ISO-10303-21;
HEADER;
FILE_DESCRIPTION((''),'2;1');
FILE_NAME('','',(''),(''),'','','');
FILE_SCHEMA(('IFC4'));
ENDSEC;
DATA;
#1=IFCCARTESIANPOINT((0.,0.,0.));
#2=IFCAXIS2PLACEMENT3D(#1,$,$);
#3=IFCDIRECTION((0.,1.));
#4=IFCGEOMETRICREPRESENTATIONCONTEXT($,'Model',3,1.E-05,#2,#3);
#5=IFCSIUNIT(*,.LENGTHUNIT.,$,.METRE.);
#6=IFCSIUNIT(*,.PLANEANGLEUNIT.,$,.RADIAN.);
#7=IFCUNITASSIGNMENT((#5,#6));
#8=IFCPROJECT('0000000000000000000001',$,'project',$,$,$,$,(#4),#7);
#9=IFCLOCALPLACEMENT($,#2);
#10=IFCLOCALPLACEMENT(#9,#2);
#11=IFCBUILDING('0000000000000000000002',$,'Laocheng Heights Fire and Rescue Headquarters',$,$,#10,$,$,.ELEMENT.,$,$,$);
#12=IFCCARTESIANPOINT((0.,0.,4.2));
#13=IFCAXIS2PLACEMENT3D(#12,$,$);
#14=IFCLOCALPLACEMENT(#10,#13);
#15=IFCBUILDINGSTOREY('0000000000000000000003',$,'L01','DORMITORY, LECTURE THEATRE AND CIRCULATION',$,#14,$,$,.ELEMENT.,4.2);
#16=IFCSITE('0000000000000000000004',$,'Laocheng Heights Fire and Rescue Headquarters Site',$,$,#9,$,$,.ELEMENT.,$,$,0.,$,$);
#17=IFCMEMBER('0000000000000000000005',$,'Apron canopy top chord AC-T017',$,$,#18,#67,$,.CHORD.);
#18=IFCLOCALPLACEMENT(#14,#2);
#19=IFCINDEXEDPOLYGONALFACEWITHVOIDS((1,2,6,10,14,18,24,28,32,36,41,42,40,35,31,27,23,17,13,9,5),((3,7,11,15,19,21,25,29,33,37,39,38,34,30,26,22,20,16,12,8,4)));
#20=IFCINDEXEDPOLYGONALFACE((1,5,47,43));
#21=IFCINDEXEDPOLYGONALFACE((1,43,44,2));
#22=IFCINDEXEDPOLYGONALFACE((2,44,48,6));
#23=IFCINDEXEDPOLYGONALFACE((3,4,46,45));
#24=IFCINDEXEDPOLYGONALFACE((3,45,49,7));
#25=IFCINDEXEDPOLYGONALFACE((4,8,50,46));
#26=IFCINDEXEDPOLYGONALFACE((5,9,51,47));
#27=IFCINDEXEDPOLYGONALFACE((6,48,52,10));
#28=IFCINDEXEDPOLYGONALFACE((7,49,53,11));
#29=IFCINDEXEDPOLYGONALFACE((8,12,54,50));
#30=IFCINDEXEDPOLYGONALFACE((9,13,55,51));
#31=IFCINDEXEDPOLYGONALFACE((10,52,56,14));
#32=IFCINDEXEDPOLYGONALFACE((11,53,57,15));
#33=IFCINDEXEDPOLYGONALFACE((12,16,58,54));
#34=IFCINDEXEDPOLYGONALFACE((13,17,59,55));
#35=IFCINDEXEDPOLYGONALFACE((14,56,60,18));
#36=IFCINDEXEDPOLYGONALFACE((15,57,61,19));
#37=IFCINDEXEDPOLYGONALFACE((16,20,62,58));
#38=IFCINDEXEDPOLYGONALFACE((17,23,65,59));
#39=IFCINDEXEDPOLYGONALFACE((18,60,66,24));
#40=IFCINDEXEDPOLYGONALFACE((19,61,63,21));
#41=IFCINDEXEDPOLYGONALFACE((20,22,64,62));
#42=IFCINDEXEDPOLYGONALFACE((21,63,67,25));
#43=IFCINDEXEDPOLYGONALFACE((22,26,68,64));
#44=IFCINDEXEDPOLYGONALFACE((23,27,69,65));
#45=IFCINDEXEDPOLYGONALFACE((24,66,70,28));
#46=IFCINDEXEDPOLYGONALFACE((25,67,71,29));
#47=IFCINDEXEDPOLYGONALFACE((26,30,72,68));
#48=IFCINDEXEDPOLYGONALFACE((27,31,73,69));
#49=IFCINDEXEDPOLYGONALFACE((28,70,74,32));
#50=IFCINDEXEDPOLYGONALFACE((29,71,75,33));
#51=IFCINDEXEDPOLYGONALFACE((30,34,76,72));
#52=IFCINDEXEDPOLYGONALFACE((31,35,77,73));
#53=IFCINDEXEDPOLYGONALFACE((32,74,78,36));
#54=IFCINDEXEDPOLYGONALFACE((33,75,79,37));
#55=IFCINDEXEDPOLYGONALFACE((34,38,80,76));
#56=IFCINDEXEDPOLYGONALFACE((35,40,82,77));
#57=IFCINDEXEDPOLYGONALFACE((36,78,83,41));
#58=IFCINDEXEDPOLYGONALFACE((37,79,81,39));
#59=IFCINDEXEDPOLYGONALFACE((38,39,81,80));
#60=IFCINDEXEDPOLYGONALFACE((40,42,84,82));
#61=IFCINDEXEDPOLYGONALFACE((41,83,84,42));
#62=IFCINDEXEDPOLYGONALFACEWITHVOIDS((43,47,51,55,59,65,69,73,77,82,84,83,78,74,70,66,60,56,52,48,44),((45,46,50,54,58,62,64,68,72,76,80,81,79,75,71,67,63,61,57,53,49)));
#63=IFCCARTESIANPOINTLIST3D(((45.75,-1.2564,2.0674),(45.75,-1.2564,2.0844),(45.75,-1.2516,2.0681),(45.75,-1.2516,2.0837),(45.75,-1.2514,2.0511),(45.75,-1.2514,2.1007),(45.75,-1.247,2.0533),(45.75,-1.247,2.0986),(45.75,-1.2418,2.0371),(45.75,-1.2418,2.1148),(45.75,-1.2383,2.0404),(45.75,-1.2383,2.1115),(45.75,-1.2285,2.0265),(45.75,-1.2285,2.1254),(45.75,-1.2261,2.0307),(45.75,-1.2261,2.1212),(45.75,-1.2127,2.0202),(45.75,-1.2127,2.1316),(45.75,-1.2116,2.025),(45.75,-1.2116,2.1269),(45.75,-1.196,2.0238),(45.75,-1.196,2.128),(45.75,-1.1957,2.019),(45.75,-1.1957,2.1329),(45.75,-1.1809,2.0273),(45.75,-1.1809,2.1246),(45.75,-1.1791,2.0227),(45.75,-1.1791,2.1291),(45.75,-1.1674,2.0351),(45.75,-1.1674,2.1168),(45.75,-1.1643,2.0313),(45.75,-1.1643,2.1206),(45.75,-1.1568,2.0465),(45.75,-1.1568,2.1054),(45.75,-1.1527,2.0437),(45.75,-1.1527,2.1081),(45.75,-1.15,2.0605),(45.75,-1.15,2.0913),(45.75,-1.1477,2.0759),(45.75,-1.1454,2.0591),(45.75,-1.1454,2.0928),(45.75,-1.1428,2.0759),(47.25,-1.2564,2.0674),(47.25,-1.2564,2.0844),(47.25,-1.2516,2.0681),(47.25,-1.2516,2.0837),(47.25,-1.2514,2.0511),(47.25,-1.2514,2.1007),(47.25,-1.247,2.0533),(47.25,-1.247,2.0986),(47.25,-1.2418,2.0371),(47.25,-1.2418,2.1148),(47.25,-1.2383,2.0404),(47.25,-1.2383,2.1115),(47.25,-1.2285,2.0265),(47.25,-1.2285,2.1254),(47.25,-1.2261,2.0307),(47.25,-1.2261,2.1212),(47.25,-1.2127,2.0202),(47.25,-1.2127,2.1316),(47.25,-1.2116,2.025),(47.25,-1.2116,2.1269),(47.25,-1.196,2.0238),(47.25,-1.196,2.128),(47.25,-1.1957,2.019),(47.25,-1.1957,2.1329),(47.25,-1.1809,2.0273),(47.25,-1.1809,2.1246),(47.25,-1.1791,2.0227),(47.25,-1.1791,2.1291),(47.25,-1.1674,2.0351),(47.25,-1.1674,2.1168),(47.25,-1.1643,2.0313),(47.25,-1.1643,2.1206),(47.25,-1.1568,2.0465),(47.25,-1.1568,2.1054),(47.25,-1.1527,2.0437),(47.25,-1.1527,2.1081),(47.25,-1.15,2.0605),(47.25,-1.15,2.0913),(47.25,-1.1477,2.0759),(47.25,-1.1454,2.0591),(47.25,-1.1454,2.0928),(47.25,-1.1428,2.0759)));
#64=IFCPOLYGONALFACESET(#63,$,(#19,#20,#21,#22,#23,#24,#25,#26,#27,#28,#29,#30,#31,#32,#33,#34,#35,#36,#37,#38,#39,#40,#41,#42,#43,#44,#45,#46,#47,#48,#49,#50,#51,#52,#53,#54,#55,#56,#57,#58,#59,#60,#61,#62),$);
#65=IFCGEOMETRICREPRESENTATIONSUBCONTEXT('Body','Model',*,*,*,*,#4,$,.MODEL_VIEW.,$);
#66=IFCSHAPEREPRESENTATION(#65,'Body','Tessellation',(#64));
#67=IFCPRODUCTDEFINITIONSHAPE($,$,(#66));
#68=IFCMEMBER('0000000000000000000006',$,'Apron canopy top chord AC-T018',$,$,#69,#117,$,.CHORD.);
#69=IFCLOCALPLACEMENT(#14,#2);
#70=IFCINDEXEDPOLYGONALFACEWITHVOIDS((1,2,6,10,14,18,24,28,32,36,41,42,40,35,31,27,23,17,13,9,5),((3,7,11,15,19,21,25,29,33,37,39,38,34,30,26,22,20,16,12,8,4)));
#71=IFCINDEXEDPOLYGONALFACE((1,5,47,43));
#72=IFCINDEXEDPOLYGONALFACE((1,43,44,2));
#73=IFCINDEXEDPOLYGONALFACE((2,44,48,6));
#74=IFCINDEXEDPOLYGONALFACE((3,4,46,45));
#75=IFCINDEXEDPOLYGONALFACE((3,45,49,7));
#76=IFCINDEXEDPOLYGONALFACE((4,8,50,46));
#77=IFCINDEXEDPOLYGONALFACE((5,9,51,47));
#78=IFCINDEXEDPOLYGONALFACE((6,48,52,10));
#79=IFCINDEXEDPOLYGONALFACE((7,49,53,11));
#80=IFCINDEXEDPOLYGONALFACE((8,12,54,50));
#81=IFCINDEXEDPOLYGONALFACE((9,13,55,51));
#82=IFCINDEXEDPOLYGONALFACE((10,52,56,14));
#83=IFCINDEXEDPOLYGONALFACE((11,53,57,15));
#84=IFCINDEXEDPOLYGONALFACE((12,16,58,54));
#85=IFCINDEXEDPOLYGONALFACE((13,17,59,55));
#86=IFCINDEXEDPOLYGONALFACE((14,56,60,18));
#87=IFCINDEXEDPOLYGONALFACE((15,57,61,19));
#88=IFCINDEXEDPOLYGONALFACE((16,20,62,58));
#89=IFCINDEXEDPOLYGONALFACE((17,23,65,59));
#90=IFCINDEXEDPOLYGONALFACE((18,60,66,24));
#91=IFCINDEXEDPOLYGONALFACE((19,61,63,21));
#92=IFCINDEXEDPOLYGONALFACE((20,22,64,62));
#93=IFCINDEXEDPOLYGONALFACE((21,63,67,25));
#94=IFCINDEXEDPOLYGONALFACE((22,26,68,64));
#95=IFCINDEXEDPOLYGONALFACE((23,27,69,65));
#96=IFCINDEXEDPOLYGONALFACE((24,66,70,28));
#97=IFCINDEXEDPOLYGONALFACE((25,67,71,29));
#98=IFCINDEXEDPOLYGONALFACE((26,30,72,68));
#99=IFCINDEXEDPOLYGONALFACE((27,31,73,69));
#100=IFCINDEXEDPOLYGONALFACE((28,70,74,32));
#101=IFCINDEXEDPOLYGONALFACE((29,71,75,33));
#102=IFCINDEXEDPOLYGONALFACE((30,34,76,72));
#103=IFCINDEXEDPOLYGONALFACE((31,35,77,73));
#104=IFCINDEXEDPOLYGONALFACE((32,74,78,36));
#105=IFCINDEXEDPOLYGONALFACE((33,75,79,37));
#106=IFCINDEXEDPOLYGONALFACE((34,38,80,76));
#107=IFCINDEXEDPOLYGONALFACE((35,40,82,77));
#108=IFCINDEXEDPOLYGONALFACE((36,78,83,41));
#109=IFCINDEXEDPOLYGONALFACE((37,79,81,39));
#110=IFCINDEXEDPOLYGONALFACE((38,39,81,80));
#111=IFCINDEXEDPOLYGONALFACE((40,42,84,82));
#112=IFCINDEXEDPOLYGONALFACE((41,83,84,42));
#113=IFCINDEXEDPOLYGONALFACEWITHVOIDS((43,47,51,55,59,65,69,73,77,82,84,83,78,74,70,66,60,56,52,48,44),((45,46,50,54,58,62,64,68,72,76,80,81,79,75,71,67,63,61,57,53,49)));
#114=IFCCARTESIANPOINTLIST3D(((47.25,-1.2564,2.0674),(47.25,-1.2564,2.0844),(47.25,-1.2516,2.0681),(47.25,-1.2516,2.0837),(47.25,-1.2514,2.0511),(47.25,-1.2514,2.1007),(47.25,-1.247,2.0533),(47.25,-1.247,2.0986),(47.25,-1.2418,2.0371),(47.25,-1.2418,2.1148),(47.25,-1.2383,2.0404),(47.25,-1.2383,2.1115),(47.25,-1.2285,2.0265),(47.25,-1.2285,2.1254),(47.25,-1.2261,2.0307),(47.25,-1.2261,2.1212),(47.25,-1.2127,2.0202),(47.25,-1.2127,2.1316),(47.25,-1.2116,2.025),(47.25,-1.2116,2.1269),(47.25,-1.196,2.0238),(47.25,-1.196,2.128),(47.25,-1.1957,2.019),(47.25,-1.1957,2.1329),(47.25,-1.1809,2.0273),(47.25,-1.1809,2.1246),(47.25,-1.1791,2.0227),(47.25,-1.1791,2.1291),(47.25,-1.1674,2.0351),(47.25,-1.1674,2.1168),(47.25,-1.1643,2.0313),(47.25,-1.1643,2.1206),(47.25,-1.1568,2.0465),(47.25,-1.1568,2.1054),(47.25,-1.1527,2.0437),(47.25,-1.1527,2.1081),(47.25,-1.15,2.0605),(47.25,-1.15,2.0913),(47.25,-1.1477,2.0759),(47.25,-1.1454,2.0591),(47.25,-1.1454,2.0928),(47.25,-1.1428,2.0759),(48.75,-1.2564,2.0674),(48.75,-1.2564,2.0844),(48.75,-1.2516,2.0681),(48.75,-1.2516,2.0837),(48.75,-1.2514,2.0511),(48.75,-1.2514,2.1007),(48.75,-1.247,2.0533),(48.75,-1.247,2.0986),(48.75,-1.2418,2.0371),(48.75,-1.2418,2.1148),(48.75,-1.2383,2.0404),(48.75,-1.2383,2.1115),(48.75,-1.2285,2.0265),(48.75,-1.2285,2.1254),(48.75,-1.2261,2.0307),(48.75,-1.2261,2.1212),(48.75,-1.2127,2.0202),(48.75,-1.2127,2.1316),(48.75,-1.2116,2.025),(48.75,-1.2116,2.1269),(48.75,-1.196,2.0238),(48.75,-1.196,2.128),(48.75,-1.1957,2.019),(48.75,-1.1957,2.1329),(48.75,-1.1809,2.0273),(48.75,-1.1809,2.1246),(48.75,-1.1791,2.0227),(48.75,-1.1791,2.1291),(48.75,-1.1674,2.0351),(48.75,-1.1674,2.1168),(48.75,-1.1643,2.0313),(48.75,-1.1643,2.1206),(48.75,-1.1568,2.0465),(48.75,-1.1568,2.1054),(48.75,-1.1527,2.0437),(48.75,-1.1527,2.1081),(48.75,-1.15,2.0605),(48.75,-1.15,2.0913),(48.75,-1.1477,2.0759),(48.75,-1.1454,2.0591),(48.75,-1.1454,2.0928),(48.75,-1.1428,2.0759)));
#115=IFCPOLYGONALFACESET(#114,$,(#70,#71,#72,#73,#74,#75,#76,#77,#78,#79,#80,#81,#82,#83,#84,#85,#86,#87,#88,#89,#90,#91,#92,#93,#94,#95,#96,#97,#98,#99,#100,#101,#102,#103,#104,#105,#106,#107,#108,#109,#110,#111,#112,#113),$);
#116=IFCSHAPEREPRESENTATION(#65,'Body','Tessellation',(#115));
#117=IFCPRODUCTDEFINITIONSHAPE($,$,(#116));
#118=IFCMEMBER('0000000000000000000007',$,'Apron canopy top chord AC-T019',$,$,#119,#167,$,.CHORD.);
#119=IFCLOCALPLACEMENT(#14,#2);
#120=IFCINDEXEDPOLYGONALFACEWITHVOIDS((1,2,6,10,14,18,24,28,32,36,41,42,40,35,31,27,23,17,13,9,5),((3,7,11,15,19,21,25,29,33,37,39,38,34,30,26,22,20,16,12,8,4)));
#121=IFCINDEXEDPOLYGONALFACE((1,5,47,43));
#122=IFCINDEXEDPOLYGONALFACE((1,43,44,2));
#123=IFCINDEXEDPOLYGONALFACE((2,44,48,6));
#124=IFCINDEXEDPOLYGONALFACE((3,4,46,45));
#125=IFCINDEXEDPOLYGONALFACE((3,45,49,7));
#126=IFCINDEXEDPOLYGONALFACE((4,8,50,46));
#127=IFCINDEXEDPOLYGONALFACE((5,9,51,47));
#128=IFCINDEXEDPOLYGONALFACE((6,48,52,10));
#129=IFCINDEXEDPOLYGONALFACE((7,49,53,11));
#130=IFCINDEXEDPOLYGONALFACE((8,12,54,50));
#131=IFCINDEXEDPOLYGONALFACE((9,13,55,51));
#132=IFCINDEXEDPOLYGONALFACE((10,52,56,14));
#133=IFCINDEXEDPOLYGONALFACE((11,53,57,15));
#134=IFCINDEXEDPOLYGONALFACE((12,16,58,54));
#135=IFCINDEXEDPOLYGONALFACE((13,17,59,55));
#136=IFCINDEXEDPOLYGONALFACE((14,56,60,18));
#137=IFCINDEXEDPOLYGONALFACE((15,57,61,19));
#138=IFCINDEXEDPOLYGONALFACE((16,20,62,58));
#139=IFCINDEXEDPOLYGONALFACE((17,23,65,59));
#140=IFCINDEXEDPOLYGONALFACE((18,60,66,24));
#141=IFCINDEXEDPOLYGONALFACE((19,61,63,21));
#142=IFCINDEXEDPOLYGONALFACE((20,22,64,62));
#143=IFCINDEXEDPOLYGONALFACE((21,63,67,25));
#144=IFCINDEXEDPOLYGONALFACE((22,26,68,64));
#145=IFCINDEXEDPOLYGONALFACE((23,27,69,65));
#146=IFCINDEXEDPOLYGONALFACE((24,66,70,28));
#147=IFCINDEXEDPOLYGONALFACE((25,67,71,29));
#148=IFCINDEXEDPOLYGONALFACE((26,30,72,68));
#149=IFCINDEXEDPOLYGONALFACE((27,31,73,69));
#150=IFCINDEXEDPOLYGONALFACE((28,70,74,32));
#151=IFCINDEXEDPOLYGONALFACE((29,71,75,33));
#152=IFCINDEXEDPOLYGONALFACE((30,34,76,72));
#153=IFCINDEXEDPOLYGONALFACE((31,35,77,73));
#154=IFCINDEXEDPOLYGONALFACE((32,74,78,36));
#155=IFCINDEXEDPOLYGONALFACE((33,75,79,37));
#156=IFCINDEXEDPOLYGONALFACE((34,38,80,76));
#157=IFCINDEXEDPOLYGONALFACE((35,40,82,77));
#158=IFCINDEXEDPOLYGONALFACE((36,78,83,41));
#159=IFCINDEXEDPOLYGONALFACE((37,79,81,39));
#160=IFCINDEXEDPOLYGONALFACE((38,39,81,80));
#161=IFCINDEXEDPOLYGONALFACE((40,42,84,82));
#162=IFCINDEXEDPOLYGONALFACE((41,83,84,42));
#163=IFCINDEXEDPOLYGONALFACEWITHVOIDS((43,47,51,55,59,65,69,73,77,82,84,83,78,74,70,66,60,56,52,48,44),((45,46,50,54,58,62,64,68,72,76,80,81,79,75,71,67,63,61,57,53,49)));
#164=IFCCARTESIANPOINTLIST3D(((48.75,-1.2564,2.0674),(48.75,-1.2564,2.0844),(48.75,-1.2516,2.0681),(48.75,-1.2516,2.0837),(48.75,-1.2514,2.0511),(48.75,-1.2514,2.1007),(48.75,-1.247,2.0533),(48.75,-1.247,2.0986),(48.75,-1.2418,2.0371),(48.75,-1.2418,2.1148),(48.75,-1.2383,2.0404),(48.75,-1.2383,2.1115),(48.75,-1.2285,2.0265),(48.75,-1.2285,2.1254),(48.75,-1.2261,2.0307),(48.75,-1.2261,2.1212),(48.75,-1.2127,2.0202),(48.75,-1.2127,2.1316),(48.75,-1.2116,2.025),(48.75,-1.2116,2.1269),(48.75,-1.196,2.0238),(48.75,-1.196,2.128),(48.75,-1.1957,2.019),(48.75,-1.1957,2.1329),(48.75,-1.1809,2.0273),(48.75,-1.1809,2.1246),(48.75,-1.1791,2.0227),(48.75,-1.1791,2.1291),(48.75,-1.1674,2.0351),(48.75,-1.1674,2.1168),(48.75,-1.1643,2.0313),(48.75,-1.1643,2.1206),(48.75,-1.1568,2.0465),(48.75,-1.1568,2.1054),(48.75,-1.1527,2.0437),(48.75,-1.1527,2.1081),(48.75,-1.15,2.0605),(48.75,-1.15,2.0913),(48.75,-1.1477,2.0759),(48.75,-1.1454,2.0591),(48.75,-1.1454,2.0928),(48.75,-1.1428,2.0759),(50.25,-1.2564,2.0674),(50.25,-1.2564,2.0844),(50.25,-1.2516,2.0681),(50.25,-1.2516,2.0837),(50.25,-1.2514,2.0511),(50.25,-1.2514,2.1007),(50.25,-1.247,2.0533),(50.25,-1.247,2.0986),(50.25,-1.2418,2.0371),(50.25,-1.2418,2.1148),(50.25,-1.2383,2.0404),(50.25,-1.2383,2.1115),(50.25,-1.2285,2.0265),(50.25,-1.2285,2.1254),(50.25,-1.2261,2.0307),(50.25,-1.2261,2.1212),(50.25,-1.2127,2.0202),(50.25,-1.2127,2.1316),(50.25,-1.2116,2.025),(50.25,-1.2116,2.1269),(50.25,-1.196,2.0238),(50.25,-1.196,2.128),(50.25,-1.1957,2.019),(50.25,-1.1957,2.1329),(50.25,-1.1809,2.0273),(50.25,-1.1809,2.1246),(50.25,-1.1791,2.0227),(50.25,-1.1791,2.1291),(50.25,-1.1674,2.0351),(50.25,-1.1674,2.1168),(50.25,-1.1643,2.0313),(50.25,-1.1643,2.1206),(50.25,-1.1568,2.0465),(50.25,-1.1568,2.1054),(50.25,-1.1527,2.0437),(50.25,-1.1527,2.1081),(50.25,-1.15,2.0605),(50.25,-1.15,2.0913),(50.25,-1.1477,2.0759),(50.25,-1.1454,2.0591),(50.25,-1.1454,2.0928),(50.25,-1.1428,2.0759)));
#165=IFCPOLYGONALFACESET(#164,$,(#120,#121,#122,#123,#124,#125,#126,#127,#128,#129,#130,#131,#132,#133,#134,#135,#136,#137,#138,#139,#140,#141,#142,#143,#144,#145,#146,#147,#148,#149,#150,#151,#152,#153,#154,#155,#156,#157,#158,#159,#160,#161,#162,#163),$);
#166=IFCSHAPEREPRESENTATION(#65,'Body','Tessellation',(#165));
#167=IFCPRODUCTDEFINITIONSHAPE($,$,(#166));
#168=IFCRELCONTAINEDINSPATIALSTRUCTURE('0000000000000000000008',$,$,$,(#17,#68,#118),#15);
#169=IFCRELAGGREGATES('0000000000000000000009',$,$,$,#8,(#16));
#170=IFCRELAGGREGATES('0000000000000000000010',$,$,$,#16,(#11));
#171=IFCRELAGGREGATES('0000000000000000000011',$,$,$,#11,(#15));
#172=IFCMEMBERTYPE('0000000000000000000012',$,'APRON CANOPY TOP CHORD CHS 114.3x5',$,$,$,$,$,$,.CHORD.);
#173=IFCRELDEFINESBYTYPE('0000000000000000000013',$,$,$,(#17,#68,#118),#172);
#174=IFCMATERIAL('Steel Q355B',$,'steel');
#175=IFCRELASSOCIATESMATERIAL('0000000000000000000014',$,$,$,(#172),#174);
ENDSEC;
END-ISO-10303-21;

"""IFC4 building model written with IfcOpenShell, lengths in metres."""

from ifc_helpers import new_model, si_unit, direction, frame, origin, origin_2d, place, context, subcontext, project, spatial, hollow_circle, extrude, material, material_profile, profile_set, type_object, element, save


model = new_model("IFC4")

# Units and contexts
model_context = context("Model", 3, precision=1e-05, world=origin(), true_north=direction((0.0, 1.0)))
body_context = subcontext(model_context, "Body", "Model", "MODEL_VIEW")
ifc_project = project(units=[si_unit("LENGTHUNIT", "METRE"), si_unit("PLANEANGLEUNIT", "RADIAN")], contexts=[model_context])

# Site, building, storey
site_placement = place(None, origin())
site = spatial("IfcSite", under=ifc_project, at=site_placement, Name="Laocheng Heights Fire and Rescue Headquarters Site", CompositionType="ELEMENT", RefElevation=0.0)
building_placement = place(site_placement, origin())
building = spatial("IfcBuilding", under=site, at=building_placement, Name="Laocheng Heights Fire and Rescue Headquarters", CompositionType="ELEMENT")
storey_placement = place(building_placement, frame((0.0, 0.0, 4.2)))
storey = spatial("IfcBuildingStorey", under=building, at=storey_placement, Name="L01", Description="DORMITORY, LECTURE THEATRE AND CIRCULATION", CompositionType="ELEMENT", Elevation=4.2)

# Members
ifc_material_1 = material(Name="Steel Q355B", Category="steel")
ifc_material_profile_1 = material_profile(ifc_material_1, hollow_circle(Radius=0.0571, WallThickness=0.0049, at=origin_2d()), Name="CHS 114.3x5")
ifc_profile_set_1 = profile_set([ifc_material_profile_1], Name="Steel Q355B")
member_type_1 = type_object("IfcMemberType", Name="APRON CANOPY TOP CHORD CHS 114.3x5", PredefinedType="CHORD", material=ifc_profile_set_1)
for number, where, z_axis, x_axis, name in (
    (1, (45.75, -1.2, 2.0759), (1.0, 0.0, 0.0), (0.0, 1.0, 0.0), "Apron canopy top chord AC-T017"),
    (2, (47.25, -1.2, 2.0759), (1.0, 0.0, 0.0), (0.0, 1.0, 0.0), "Apron canopy top chord AC-T018"),
    (3, (48.75, -1.2, 2.0759), (1.0, 0.0, 0.0), (0.0, 1.0, 0.0), "Apron canopy top chord AC-T019"),
):
    element("IfcMember", number, at=place(storey_placement, frame(where, z_axis=z_axis, x_axis=x_axis)), inside=storey, type_object=member_type_1, Name=name, PredefinedType="CHORD", context=body_context, shape_type="SweptSolid", body=[
        extrude(hollow_circle(Radius=0.0571, WallThickness=0.0049, at=origin_2d()), origin(), (0.0, 0.0, 1.0), 1.5),
    ])

save(model, "model.ifc")
